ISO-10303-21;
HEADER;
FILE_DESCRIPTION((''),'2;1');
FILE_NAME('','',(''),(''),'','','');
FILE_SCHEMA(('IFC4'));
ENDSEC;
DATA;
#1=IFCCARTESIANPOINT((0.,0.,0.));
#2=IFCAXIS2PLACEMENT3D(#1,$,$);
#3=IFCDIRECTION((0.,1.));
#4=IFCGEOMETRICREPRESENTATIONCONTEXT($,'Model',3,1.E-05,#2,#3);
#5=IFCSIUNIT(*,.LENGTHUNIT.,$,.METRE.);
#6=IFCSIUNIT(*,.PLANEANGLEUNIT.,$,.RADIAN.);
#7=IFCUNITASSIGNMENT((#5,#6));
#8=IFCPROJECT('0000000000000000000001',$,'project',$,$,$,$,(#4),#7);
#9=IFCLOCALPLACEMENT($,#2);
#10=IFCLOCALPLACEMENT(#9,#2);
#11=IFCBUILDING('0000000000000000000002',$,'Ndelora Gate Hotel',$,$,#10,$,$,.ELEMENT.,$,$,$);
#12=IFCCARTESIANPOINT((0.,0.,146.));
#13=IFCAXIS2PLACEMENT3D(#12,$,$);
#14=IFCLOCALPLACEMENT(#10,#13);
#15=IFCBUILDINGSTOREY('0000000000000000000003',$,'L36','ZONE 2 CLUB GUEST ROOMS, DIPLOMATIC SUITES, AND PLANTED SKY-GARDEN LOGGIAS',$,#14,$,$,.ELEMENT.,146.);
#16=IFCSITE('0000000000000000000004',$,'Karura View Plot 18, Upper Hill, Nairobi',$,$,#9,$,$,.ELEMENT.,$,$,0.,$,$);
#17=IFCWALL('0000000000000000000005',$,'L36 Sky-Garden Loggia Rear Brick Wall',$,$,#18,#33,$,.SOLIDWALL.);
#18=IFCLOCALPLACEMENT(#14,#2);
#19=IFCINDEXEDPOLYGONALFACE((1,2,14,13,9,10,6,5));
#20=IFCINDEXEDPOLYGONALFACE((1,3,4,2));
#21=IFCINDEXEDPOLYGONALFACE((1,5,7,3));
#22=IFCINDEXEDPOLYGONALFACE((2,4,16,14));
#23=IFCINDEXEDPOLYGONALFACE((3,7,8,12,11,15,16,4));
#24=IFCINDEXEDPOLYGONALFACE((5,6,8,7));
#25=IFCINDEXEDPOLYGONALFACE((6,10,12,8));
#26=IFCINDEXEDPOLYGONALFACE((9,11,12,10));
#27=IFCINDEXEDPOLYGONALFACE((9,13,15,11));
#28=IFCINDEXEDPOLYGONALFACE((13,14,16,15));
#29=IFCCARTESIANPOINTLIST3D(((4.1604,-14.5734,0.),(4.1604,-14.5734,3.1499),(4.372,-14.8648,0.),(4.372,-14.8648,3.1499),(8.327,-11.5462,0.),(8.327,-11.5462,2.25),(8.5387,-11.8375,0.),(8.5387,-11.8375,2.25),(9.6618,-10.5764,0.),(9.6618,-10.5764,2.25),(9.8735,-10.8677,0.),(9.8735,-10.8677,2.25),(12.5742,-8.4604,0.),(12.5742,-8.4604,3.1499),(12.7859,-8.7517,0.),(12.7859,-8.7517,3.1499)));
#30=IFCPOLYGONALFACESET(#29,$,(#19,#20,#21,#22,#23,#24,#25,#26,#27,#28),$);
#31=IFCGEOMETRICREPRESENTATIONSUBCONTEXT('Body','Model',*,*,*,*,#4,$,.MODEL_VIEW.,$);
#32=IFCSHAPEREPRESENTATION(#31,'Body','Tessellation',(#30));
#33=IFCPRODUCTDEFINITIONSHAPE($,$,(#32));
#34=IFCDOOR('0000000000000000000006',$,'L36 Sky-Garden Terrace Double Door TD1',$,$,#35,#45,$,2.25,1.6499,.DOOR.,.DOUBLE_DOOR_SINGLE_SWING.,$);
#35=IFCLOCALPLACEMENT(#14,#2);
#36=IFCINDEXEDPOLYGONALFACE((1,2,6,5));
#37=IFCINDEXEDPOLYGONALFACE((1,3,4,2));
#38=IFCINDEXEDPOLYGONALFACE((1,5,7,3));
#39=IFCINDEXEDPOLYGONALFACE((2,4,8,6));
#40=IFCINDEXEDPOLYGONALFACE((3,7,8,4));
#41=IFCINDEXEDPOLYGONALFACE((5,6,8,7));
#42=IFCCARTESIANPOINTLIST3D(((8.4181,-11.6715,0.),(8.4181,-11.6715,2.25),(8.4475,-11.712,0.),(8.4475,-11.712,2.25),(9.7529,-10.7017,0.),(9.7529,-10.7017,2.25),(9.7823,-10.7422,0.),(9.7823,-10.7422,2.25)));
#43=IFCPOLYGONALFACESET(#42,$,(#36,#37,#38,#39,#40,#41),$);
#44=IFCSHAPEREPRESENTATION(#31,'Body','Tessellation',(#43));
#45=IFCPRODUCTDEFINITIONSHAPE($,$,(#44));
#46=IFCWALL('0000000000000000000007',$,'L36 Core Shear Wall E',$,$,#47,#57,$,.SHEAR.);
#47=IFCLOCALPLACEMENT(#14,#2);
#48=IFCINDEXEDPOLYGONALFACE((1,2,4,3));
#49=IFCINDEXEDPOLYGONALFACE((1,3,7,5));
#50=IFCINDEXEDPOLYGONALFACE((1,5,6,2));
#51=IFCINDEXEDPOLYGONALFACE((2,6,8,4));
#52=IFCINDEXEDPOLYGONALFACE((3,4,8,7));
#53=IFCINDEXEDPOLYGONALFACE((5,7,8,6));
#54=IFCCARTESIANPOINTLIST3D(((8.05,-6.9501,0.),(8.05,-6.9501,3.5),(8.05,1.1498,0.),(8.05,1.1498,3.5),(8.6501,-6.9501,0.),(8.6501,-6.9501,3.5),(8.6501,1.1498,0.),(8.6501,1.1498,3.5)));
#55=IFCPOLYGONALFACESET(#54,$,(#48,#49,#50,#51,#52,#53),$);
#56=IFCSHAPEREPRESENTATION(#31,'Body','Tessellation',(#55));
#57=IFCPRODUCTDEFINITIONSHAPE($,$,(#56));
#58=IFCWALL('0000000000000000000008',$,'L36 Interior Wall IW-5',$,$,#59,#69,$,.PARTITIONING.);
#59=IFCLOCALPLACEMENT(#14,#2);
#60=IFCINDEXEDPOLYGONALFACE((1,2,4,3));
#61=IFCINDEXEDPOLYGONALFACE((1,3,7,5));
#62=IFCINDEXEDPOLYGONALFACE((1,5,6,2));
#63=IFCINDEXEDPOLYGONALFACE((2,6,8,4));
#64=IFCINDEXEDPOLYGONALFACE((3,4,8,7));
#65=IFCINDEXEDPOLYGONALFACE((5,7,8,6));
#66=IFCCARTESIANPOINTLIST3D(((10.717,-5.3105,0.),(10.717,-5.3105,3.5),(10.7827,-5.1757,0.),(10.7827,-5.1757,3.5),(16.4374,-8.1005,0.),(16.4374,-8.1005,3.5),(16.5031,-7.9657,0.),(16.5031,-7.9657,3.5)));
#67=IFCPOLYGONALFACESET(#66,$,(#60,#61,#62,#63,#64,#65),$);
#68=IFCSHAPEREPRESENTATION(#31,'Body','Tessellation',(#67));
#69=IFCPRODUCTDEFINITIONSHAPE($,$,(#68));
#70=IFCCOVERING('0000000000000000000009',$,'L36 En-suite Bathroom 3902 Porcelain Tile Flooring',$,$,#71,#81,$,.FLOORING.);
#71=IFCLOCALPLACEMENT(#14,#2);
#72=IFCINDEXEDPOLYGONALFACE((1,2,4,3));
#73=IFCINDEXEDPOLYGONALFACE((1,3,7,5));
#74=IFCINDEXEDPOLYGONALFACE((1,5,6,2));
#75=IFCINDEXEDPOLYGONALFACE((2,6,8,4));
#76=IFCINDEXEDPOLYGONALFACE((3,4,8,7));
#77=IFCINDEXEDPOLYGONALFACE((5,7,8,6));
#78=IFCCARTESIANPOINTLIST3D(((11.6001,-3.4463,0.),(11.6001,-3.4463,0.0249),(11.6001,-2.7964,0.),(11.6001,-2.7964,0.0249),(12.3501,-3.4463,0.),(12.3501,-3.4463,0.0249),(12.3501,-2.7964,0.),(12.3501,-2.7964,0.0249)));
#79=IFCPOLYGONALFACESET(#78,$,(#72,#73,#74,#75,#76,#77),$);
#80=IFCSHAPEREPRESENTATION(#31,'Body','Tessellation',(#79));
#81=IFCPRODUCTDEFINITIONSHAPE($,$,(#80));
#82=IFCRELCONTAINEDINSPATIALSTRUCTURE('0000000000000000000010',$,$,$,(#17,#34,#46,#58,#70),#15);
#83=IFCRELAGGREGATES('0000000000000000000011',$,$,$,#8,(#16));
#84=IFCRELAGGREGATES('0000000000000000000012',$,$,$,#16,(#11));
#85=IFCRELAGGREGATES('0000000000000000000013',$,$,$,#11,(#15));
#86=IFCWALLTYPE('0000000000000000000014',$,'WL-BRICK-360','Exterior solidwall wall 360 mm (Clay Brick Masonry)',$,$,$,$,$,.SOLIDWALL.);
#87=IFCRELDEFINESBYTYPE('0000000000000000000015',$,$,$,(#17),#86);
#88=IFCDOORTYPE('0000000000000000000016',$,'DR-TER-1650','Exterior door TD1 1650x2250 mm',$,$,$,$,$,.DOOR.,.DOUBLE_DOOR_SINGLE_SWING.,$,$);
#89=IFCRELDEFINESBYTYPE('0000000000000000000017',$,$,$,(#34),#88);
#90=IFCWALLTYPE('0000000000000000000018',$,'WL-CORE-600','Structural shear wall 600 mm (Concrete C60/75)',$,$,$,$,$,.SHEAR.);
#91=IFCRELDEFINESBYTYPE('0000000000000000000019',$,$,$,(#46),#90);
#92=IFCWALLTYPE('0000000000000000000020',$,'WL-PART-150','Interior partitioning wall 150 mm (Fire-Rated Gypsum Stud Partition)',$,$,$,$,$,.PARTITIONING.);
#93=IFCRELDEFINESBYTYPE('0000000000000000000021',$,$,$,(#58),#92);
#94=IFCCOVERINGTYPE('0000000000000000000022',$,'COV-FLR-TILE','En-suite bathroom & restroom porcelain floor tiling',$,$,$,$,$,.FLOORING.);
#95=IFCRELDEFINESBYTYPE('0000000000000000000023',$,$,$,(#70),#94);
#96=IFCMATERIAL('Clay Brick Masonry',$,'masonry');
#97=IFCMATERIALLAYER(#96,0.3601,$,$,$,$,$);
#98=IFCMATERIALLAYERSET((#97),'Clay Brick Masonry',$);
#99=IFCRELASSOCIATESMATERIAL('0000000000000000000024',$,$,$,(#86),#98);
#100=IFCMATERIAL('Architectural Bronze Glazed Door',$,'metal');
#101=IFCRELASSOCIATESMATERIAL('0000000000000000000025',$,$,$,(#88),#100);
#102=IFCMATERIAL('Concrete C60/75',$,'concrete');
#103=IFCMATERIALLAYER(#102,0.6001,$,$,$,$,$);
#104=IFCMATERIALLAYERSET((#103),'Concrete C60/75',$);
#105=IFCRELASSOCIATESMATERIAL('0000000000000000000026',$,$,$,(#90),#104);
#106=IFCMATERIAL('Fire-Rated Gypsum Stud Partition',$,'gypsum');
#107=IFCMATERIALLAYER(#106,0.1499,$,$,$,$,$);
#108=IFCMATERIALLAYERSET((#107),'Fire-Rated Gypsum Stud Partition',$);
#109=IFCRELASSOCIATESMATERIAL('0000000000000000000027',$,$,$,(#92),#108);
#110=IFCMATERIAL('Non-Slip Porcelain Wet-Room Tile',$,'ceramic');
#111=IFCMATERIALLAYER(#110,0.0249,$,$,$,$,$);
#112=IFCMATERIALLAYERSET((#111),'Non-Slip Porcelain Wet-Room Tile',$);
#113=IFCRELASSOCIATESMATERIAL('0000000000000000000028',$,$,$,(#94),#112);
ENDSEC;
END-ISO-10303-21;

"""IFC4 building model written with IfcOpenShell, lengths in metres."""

from ifc_helpers import new_model, si_unit, direction, frame, frame_2d, origin, origin_2d, place, context, subcontext, project, spatial, rectangle, extrude, material, layer, layer_set, type_object, element, fill, save


model = new_model("IFC4")

# Units and contexts
model_context = context("Model", 3, precision=1e-05, world=origin(), true_north=direction((0.0, 1.0)))
body_context = subcontext(model_context, "Body", "Model", "MODEL_VIEW")
ifc_project = project(units=[si_unit("LENGTHUNIT", "METRE"), si_unit("PLANEANGLEUNIT", "RADIAN")], contexts=[model_context])

# Site, building, storey
site_placement = place(None, origin())
site = spatial("IfcSite", under=ifc_project, at=site_placement, Name="Karura View Plot 18, Upper Hill, Nairobi", CompositionType="ELEMENT", RefElevation=0.0)
building_placement = place(site_placement, origin())
building = spatial("IfcBuilding", under=site, at=building_placement, Name="Ndelora Gate Hotel", CompositionType="ELEMENT")
storey_placement = place(building_placement, frame((0.0, 0.0, 146.0)))
storey = spatial("IfcBuildingStorey", under=building, at=storey_placement, Name="L36", Description="ZONE 2 CLUB GUEST ROOMS, DIPLOMATIC SUITES, AND PLANTED SKY-GARDEN LOGGIAS", CompositionType="ELEMENT", Elevation=146.0)

# Shared definitions
ifc_material_1 = material(Name="Concrete C60/75", Category="concrete")

# Wall, opening, door
ifc_material_2 = material(Name="Clay Brick Masonry", Category="masonry")
ifc_layer_1 = layer(ifc_material_2, 0.3601)
ifc_layer_set_1 = layer_set([ifc_layer_1], Name="Clay Brick Masonry")
wall_type_1 = type_object("IfcWallType", Name="WL-BRICK-360", Description="Exterior solidwall wall 360 mm (Clay Brick Masonry)", PredefinedType="SOLIDWALL", material=ifc_layer_set_1)
wall_1_placement = place(storey_placement, frame((12.6802, -8.606, 0.0), z_axis=(0.0, 0.0, 1.0), x_axis=(-0.809015, -0.587788, 0.0)))
wall_1 = element("IfcWall", 1, at=wall_1_placement, inside=storey, type_object=wall_type_1, Name="L36 Sky-Garden Loggia Rear Brick Wall", PredefinedType="SOLIDWALL", context=body_context, shape_type="SweptSolid", body=[
    extrude(rectangle(XDim=10.4001, YDim=0.3601, at=frame_2d((5.2002, 0.0))), origin(), (0.0, 0.0, 1.0), 3.1499),
])
opening_1_placement = place(wall_1_placement, frame((3.6001, 0.0, 0.0)))
opening_1 = element("IfcOpeningElement", 2, at=opening_1_placement, cuts=wall_1, PredefinedType="OPENING", context=body_context, shape_type="SweptSolid", body=[
    extrude(rectangle(XDim=1.6499, YDim=2.25, at=frame_2d((0.825, 1.125))), frame((0.0, 0.1899, 0.0), z_axis=(0.0, -1.0, 0.0), x_axis=(1.0, 0.0, 0.0)), (0.0, 0.0, 1.0), 0.3801),
])
ifc_material_3 = material(Name="Architectural Bronze Glazed Door", Category="metal")
door_type_1 = type_object("IfcDoorType", Name="DR-TER-1650", Description="Exterior door TD1 1650x2250 mm", OperationType="DOUBLE_DOOR_SINGLE_SWING", PredefinedType="DOOR", material=ifc_material_3)
door_1_placement = place(opening_1_placement, origin())
door_1 = element("IfcDoor", 3, at=door_1_placement, inside=storey, type_object=door_type_1, Name="L36 Sky-Garden Terrace Double Door TD1", OperationType="DOUBLE_DOOR_SINGLE_SWING", OverallHeight=2.25, OverallWidth=1.6499, PredefinedType="DOOR", context=body_context, shape_type="SweptSolid", body=[
    extrude(rectangle(XDim=1.6499, YDim=2.25, at=frame_2d((0.825, 1.125))), frame((0.0, 0.0249, 0.0), z_axis=(0.0, -1.0, 0.0), x_axis=(1.0, 0.0, 0.0)), (0.0, 0.0, 1.0), 0.05),
])
fill(opening_1, door_1)

# Wall
ifc_layer_2 = layer(ifc_material_1, 0.6001)
ifc_layer_set_2 = layer_set([ifc_layer_2], Name="Concrete C60/75")
wall_type_2 = type_object("IfcWallType", Name="WL-CORE-600", Description="Structural shear wall 600 mm (Concrete C60/75)", PredefinedType="SHEAR", material=ifc_layer_set_2)
wall_2_placement = place(storey_placement, frame((8.3501, -6.95, 0.0), z_axis=(0.0, 0.0, 1.0), x_axis=(0.0, 1.0, 0.0)))
element("IfcWall", 4, at=wall_2_placement, inside=storey, type_object=wall_type_2, Name="L36 Core Shear Wall E", PredefinedType="SHEAR", context=body_context, shape_type="SweptSolid", body=[
    extrude(rectangle(XDim=8.0999, YDim=0.6001, at=frame_2d((4.0498, 0.0))), origin(), (0.0, 0.0, 1.0), 3.5),
])

# Shared definitions
ifc_material_4 = material(Name="Fire-Rated Gypsum Stud Partition", Category="gypsum")
ifc_layer_3 = layer(ifc_material_4, 0.1499)
ifc_layer_set_3 = layer_set([ifc_layer_3], Name="Fire-Rated Gypsum Stud Partition")
wall_type_3 = type_object("IfcWallType", Name="WL-PART-150", Description="Interior partitioning wall 150 mm (Fire-Rated Gypsum Stud Partition)", PredefinedType="PARTITIONING", material=ifc_layer_set_3)

# Wall
wall_3_placement = place(storey_placement, frame((10.75, -5.2432, 0.0), z_axis=(0.0, 0.0, 1.0), x_axis=(0.898795, -0.438369, 0.0)))
element("IfcWall", 5, at=wall_3_placement, inside=storey, type_object=wall_type_3, Name="L36 Interior Wall IW-5", PredefinedType="PARTITIONING", context=body_context, shape_type="SweptSolid", body=[
    extrude(rectangle(XDim=6.3645, YDim=0.1499, at=frame_2d((3.1821, 0.0))), origin(), (0.0, 0.0, 1.0), 3.5),
])

# Covering
ifc_material_5 = material(Name="Non-Slip Porcelain Wet-Room Tile", Category="ceramic")
ifc_layer_4 = layer(ifc_material_5, 0.0249)
ifc_layer_set_4 = layer_set([ifc_layer_4], Name="Non-Slip Porcelain Wet-Room Tile")
covering_type = type_object("IfcCoveringType", Name="COV-FLR-TILE", Description="En-suite bathroom & restroom porcelain floor tiling", PredefinedType="FLOORING", material=ifc_layer_set_4)
covering_placement = place(storey_placement, frame((11.9751, -3.1213, 0.0), z_axis=(0.0, 0.0, 1.0), x_axis=(1.0, 0.0, 0.0)))
element("IfcCovering", 6, at=covering_placement, inside=storey, type_object=covering_type, Name="L36 En-suite Bathroom 3902 Porcelain Tile Flooring", PredefinedType="FLOORING", context=body_context, shape_type="SweptSolid", body=[
    extrude(rectangle(XDim=0.75, YDim=0.6499, at=origin_2d()), origin(), (0.0, 0.0, 1.0), 0.0249),
])

save(model, "model.ifc")
